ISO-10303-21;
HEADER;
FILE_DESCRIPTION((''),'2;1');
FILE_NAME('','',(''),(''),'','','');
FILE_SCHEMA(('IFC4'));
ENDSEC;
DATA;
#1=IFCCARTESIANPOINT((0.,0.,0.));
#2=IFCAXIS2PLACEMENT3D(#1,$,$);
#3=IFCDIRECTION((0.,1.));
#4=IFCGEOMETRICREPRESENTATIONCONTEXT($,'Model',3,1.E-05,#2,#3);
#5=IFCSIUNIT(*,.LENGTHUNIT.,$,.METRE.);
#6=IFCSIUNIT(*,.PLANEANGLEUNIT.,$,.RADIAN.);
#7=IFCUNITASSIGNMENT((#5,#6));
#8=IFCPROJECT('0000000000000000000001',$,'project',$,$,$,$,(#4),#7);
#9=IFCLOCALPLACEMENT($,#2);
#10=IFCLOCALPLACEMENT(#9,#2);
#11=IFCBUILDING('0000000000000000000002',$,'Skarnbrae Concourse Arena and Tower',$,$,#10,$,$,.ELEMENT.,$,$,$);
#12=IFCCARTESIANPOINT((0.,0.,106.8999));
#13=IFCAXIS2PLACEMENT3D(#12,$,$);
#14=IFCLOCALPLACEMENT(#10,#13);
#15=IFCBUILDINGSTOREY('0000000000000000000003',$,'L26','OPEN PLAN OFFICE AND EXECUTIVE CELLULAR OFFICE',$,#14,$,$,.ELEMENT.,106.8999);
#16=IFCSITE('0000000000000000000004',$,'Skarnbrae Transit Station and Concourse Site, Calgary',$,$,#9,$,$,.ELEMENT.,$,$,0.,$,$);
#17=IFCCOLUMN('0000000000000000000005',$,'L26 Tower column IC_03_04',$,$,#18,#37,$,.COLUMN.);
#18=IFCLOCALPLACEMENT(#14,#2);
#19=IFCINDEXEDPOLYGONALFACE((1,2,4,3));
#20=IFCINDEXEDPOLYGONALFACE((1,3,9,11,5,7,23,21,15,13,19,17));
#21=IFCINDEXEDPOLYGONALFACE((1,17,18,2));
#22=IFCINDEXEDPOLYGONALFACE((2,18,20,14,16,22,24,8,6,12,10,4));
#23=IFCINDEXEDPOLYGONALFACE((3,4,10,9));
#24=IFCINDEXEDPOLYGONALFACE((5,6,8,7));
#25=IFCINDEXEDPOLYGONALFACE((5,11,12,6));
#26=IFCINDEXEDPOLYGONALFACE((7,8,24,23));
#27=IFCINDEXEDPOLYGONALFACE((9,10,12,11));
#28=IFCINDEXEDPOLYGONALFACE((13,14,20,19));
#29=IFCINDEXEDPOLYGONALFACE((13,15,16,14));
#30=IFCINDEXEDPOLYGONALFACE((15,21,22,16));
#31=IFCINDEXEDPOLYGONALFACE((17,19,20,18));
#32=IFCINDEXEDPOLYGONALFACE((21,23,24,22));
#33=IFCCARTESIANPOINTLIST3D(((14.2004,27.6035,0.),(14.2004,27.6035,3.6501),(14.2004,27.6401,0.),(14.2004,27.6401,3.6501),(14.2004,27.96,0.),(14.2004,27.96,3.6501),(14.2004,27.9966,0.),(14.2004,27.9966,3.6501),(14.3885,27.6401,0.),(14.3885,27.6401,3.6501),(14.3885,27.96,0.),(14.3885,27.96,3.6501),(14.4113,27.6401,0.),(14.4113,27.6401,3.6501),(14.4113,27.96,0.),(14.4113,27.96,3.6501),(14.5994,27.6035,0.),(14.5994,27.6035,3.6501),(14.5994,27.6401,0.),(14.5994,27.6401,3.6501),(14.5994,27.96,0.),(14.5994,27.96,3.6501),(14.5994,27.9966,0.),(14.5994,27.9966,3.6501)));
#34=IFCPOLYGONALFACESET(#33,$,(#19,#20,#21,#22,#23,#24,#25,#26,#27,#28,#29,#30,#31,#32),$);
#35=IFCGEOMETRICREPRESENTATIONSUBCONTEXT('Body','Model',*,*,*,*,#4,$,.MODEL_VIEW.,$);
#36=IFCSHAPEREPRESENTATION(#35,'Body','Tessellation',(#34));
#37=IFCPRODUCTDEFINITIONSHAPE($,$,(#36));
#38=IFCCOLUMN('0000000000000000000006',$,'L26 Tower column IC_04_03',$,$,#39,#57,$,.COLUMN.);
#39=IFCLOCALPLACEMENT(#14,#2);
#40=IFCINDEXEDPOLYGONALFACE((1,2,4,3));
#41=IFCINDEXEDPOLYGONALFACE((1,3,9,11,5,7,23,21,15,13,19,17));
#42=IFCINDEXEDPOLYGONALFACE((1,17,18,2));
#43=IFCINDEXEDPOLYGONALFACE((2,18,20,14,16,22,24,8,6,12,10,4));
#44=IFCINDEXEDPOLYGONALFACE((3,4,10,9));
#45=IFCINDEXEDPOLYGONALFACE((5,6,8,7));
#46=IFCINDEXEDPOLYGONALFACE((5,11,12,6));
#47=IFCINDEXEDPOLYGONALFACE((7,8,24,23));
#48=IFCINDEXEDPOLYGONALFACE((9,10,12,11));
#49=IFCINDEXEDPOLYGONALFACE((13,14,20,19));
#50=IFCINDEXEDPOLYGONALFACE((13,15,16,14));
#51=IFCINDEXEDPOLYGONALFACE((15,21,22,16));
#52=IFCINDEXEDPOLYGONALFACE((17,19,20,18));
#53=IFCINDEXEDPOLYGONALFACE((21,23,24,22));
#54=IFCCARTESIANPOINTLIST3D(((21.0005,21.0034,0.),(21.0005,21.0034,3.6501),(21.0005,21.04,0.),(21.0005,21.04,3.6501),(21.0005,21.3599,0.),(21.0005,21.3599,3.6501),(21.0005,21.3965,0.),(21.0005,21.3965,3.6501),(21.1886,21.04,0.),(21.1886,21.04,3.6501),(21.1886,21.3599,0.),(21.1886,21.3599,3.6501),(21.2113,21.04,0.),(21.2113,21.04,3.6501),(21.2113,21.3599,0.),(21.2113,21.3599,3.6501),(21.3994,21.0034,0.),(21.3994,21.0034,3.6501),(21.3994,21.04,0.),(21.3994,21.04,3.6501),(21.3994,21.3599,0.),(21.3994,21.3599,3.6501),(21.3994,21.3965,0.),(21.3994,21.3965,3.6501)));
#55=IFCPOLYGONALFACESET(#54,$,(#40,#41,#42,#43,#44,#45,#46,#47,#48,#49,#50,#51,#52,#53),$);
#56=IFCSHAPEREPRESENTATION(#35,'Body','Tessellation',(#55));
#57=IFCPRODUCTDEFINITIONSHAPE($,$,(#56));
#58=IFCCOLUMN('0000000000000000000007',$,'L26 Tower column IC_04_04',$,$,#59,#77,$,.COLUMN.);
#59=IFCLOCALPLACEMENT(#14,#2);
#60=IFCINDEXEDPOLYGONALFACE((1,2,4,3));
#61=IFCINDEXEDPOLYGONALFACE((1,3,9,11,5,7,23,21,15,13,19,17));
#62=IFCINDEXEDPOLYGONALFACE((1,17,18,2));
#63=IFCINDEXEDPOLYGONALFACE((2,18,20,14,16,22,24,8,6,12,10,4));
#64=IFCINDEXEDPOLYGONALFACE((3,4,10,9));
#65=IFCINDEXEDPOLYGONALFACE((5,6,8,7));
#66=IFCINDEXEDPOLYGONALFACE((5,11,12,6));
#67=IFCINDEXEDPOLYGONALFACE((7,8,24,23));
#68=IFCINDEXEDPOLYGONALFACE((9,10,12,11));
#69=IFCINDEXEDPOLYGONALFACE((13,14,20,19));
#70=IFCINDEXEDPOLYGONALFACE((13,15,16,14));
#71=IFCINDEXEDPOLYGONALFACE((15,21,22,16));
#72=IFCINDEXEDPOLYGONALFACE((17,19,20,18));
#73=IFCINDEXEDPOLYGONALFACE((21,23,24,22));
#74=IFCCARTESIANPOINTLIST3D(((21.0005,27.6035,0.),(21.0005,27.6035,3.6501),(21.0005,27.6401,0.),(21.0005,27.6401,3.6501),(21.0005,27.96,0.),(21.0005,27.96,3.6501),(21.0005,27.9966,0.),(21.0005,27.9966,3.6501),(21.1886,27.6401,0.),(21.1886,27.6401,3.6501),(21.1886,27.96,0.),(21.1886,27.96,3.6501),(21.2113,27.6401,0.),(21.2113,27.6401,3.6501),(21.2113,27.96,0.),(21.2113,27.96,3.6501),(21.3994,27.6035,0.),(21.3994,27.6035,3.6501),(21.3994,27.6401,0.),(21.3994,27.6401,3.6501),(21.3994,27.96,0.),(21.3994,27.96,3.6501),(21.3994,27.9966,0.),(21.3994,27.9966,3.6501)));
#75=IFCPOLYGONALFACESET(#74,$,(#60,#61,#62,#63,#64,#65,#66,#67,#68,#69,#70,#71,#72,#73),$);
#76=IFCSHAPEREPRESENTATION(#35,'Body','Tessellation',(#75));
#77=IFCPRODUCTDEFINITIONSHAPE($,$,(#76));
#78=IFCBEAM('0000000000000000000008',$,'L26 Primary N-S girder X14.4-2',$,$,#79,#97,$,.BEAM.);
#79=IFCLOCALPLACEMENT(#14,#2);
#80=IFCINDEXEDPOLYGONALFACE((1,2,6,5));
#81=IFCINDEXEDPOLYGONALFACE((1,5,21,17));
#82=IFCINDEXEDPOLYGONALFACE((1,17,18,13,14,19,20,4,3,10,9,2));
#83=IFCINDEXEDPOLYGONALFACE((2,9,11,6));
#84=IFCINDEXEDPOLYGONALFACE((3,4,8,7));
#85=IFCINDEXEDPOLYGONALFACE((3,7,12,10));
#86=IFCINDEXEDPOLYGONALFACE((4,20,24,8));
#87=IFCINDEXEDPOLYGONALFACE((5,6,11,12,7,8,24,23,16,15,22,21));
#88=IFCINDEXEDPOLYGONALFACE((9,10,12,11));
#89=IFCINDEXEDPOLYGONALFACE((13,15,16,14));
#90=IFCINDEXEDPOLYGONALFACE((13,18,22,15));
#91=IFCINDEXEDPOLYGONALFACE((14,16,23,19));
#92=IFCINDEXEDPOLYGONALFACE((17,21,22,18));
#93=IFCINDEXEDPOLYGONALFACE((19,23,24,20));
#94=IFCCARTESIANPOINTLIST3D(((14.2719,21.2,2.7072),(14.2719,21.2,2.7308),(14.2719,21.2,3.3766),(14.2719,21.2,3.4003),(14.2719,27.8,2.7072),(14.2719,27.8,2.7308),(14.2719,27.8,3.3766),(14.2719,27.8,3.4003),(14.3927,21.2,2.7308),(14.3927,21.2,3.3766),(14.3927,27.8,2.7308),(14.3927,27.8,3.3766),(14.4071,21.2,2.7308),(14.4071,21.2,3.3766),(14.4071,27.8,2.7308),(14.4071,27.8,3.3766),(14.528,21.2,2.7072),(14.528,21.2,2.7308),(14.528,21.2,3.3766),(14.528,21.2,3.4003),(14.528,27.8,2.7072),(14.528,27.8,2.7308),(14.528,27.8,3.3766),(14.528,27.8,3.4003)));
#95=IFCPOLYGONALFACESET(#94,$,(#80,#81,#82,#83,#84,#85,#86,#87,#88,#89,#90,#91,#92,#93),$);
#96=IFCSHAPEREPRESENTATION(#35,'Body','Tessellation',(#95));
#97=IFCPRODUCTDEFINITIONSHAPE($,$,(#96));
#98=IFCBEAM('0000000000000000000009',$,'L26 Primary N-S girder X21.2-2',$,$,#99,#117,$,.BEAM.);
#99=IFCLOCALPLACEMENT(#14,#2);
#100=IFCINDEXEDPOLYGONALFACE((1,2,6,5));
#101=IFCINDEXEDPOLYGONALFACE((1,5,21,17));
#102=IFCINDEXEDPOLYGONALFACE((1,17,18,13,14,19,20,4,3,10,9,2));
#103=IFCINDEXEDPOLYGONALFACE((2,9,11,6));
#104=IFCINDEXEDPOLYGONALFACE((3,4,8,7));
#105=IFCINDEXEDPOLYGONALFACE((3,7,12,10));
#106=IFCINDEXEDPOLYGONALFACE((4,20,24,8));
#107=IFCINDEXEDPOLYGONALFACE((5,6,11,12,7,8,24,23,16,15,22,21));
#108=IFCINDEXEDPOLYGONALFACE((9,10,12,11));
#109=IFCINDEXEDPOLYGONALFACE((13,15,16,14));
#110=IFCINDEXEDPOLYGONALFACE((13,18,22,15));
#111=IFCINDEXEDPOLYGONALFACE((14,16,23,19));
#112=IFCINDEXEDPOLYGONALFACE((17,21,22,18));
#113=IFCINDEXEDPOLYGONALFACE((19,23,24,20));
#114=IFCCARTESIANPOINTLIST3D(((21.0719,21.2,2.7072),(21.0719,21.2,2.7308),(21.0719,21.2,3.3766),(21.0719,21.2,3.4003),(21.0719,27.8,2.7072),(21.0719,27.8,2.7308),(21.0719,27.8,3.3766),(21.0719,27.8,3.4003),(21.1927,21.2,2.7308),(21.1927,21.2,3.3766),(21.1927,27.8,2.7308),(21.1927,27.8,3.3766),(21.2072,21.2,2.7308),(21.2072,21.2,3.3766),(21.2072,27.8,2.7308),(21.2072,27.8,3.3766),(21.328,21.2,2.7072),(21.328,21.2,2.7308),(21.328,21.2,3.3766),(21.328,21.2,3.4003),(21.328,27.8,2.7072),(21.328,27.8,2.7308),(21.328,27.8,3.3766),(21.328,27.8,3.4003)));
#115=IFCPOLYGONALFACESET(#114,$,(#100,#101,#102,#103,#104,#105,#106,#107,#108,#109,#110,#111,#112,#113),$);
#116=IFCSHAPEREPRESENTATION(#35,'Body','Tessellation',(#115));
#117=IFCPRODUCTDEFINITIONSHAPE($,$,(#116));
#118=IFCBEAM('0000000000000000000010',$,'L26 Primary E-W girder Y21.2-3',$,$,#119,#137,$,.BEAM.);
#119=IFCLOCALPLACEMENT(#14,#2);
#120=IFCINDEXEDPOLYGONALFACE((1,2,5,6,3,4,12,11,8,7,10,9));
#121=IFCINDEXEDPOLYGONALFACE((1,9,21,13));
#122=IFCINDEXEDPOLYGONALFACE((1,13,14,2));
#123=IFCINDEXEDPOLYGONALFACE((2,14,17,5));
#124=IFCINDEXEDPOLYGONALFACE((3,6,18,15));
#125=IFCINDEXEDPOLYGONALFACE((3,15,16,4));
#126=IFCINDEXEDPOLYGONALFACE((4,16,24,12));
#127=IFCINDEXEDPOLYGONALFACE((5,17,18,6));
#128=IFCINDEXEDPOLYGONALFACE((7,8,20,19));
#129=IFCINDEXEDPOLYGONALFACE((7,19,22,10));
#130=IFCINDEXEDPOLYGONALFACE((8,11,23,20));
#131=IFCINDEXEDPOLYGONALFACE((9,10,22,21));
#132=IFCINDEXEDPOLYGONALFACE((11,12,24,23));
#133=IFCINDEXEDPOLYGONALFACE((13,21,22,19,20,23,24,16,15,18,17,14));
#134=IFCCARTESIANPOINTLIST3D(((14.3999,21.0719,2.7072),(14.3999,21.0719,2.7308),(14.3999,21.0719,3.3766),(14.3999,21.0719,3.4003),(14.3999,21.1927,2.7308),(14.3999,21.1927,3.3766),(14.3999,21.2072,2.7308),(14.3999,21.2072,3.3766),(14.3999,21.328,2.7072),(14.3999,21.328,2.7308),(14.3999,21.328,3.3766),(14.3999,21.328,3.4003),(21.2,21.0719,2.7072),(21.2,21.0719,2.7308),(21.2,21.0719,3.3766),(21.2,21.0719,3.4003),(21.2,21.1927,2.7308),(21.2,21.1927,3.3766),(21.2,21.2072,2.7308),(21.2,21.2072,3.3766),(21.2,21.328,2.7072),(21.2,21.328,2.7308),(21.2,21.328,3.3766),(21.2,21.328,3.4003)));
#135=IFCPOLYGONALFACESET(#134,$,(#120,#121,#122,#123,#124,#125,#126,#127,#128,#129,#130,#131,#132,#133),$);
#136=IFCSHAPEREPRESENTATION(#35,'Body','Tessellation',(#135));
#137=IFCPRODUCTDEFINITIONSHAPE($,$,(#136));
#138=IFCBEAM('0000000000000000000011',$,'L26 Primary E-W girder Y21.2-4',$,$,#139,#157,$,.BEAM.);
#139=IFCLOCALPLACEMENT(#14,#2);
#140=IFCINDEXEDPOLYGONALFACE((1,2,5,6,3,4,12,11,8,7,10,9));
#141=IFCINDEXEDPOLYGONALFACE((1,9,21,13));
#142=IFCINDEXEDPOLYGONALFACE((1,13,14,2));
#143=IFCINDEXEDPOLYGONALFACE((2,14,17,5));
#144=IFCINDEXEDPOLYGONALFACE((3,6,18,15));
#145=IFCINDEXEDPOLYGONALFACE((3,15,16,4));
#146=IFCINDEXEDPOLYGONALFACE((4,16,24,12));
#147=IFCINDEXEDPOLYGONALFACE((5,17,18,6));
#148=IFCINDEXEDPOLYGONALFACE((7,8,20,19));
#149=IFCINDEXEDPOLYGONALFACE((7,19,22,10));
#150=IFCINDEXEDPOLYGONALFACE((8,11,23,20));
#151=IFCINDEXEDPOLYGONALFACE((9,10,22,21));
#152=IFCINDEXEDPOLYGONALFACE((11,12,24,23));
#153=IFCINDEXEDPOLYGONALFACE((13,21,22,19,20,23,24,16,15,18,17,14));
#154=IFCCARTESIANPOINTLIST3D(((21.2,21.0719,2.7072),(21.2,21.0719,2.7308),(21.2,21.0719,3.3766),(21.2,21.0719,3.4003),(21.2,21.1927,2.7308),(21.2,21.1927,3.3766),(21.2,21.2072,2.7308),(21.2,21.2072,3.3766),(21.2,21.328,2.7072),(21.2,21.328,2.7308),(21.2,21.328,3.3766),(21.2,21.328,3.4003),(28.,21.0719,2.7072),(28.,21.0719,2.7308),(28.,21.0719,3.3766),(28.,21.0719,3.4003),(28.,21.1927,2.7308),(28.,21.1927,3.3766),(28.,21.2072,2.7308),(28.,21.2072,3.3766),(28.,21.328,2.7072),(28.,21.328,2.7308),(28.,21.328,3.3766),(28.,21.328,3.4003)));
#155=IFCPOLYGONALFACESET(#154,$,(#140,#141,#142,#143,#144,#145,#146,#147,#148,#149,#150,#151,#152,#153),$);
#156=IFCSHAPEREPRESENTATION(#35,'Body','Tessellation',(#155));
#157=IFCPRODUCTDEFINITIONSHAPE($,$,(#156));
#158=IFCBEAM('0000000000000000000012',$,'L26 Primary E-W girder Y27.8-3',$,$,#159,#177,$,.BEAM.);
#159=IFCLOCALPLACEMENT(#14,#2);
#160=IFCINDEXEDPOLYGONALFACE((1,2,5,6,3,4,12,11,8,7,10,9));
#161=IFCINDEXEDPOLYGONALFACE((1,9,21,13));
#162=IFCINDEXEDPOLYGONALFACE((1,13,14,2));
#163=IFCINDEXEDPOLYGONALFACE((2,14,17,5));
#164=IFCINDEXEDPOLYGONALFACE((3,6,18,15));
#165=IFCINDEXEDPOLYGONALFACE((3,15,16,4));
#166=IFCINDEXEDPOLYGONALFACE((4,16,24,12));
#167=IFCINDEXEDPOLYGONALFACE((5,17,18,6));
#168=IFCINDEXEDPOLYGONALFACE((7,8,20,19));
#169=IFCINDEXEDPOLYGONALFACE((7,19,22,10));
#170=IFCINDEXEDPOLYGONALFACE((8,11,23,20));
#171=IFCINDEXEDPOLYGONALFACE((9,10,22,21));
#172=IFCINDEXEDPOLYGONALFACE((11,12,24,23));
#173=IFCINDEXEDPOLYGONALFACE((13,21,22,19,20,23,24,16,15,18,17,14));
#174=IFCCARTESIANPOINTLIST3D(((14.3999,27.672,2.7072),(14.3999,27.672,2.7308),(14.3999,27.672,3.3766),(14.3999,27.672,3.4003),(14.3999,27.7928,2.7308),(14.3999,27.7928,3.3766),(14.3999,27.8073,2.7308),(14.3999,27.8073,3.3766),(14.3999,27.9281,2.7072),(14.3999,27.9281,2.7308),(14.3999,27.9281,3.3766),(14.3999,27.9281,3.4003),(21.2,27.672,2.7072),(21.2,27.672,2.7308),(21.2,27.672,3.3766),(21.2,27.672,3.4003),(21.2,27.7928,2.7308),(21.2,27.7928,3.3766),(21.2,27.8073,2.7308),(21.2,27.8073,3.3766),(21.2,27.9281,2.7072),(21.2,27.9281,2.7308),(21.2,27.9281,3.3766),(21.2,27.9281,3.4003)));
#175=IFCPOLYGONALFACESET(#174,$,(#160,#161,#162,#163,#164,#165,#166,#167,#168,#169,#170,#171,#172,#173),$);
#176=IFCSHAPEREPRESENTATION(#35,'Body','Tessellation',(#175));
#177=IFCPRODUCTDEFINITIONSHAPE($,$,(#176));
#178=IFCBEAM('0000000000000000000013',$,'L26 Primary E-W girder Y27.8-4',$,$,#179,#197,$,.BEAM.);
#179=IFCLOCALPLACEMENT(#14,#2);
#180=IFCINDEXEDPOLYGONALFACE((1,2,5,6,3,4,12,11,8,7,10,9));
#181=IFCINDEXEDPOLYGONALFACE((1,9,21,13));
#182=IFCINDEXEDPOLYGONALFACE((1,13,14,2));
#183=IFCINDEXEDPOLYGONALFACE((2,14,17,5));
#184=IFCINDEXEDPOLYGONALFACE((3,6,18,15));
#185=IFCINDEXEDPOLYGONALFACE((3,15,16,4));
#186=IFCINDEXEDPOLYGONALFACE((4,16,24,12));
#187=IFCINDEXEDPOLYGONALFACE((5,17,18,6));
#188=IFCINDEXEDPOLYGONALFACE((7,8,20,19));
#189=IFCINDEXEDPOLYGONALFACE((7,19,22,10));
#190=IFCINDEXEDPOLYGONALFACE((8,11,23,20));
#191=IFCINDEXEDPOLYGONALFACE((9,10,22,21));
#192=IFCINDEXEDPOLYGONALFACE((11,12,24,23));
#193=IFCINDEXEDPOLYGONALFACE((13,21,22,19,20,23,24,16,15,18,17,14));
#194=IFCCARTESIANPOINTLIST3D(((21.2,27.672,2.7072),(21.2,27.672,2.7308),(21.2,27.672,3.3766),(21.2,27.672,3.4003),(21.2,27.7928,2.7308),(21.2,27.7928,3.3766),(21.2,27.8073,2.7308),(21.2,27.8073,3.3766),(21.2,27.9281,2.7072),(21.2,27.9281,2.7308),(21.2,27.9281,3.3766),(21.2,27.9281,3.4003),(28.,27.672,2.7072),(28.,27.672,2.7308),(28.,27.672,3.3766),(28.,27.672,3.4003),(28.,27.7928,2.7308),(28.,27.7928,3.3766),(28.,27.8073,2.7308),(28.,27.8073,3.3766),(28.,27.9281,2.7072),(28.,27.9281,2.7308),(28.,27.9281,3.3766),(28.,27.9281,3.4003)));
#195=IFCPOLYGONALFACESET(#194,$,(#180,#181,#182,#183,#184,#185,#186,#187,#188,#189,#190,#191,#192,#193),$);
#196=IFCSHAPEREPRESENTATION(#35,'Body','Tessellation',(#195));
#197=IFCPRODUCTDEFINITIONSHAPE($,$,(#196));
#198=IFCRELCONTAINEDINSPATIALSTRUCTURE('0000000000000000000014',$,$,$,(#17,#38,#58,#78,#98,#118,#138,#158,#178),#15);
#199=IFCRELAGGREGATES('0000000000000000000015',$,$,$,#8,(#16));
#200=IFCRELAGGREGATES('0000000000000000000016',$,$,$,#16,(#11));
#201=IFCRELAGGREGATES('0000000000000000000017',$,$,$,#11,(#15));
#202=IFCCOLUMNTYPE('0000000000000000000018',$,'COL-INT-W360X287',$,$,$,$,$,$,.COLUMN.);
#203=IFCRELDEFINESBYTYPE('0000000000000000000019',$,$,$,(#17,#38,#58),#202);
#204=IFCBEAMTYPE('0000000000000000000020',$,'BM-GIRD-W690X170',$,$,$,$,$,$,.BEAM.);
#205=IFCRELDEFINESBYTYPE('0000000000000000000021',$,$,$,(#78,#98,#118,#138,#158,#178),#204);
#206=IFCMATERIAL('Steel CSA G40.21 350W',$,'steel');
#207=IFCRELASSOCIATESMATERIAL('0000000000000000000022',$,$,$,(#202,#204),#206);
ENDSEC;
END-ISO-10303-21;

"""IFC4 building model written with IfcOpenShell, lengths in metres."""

from ifc_helpers import new_model, si_unit, direction, frame, origin, origin_2d, place, context, subcontext, project, spatial, i_section, extrude, source, transform, mapped, material, material_profile, profile_set, type_object, element, save


model = new_model("IFC4")

# Units and contexts
model_context = context("Model", 3, precision=1e-05, world=origin(), true_north=direction((0.0, 1.0)))
body_context = subcontext(model_context, "Body", "Model", "MODEL_VIEW")
ifc_project = project(units=[si_unit("LENGTHUNIT", "METRE"), si_unit("PLANEANGLEUNIT", "RADIAN")], contexts=[model_context])

# Site, building, storey
site_placement = place(None, origin())
site = spatial("IfcSite", under=ifc_project, at=site_placement, Name="Skarnbrae Transit Station and Concourse Site, Calgary", CompositionType="ELEMENT", RefElevation=0.0)
building_placement = place(site_placement, origin())
building = spatial("IfcBuilding", under=site, at=building_placement, Name="Skarnbrae Concourse Arena and Tower", CompositionType="ELEMENT")
storey_placement = place(building_placement, frame((0.0, 0.0, 106.8999)))
storey = spatial("IfcBuildingStorey", under=building, at=storey_placement, Name="L26", Description="OPEN PLAN OFFICE AND EXECUTIVE CELLULAR OFFICE", CompositionType="ELEMENT", Elevation=106.8999)

# Columns
ifc_material_1 = material(Name="Steel CSA G40.21 350W", Category="steel")
ifc_material_profile_1 = material_profile(ifc_material_1, i_section(OverallWidth=0.3989, OverallDepth=0.3931, WebThickness=0.0227, FlangeThickness=0.0366, at=origin_2d()), Name="W360X287")
ifc_profile_set_1 = profile_set([ifc_material_profile_1], Name="Steel CSA G40.21 350W")
column_type = type_object("IfcColumnType", Name="COL-INT-W360X287", PredefinedType="COLUMN", material=ifc_profile_set_1)
shared_shape_1 = source(origin(), body_context, "Body", "SweptSolid", [
    extrude(i_section(OverallWidth=0.3989, OverallDepth=0.3931, WebThickness=0.0227, FlangeThickness=0.0366, at=origin_2d()), origin(), (0.0, 0.0, 1.0), 3.6501),
])
for number, where, z_axis, x_axis, name in (
    (1, (14.3999, 27.8, 0.0), (0.0, 0.0, 1.0), (1.0, 0.0, 0.0), "L26 Tower column IC_03_04"),
    (2, (21.2, 21.2, 0.0), (0.0, 0.0, 1.0), (1.0, 0.0, 0.0), "L26 Tower column IC_04_03"),
    (3, (21.2, 27.8, 0.0), (0.0, 0.0, 1.0), (1.0, 0.0, 0.0), "L26 Tower column IC_04_04"),
):
    element("IfcColumn", number, at=place(storey_placement, frame(where, z_axis=z_axis, x_axis=x_axis)), inside=storey, type_object=column_type, Name=name, PredefinedType="COLUMN", context=body_context, shape_type="MappedRepresentation", body=[
        mapped(shared_shape_1, transform((0.0, 0.0, 0.0))),
    ])

# Beams
ifc_material_profile_2 = material_profile(ifc_material_1, i_section(OverallWidth=0.2561, OverallDepth=0.6931, WebThickness=0.0144, FlangeThickness=0.0237, at=origin_2d()), Name="W690X170")
ifc_profile_set_2 = profile_set([ifc_material_profile_2], Name="Steel CSA G40.21 350W")
beam_type_1 = type_object("IfcBeamType", Name="BM-GIRD-W690X170", PredefinedType="BEAM", material=ifc_profile_set_2)
shared_shape_2 = source(origin(), body_context, "Body", "SweptSolid", [
    extrude(i_section(OverallWidth=0.2561, OverallDepth=0.6931, WebThickness=0.0144, FlangeThickness=0.0237, at=origin_2d()), origin(), (0.0, 0.0, 1.0), 6.6001),
])
for number, where, z_axis, x_axis, name in (
    (4, (14.3999, 21.2, 3.0537), (0.0, 1.0, 0.0), (-1.0, 0.0, 0.0), "L26 Primary N-S girder X14.4-2"),
    (5, (21.2, 21.2, 3.0537), (0.0, 1.0, 0.0), (-1.0, 0.0, 0.0), "L26 Primary N-S girder X21.2-2"),
):
    element("IfcBeam", number, at=place(storey_placement, frame(where, z_axis=z_axis, x_axis=x_axis)), inside=storey, type_object=beam_type_1, Name=name, PredefinedType="BEAM", context=body_context, shape_type="MappedRepresentation", body=[
        mapped(shared_shape_2, transform((0.0, 0.0, 0.0))),
    ])
shared_shape_3 = source(origin(), body_context, "Body", "SweptSolid", [
    extrude(i_section(OverallWidth=0.2561, OverallDepth=0.6931, WebThickness=0.0144, FlangeThickness=0.0237, at=origin_2d()), origin(), (0.0, 0.0, 1.0), 6.8),
])
for number, where, z_axis, x_axis, name in (
    (6, (14.3999, 21.2, 3.0537), (1.0, 0.0, 0.0), (0.0, 1.0, 0.0), "L26 Primary E-W girder Y21.2-3"),
    (7, (21.2, 21.2, 3.0537), (1.0, 0.0, 0.0), (0.0, 1.0, 0.0), "L26 Primary E-W girder Y21.2-4"),
    (8, (14.3999, 27.8, 3.0537), (1.0, 0.0, 0.0), (0.0, 1.0, 0.0), "L26 Primary E-W girder Y27.8-3"),
    (9, (21.2, 27.8, 3.0537), (1.0, 0.0, 0.0), (0.0, 1.0, 0.0), "L26 Primary E-W girder Y27.8-4"),
):
    element("IfcBeam", number, at=place(storey_placement, frame(where, z_axis=z_axis, x_axis=x_axis)), inside=storey, type_object=beam_type_1, Name=name, PredefinedType="BEAM", context=body_context, shape_type="MappedRepresentation", body=[
        mapped(shared_shape_3, transform((0.0, 0.0, 0.0))),
    ])

save(model, "model.ifc")
